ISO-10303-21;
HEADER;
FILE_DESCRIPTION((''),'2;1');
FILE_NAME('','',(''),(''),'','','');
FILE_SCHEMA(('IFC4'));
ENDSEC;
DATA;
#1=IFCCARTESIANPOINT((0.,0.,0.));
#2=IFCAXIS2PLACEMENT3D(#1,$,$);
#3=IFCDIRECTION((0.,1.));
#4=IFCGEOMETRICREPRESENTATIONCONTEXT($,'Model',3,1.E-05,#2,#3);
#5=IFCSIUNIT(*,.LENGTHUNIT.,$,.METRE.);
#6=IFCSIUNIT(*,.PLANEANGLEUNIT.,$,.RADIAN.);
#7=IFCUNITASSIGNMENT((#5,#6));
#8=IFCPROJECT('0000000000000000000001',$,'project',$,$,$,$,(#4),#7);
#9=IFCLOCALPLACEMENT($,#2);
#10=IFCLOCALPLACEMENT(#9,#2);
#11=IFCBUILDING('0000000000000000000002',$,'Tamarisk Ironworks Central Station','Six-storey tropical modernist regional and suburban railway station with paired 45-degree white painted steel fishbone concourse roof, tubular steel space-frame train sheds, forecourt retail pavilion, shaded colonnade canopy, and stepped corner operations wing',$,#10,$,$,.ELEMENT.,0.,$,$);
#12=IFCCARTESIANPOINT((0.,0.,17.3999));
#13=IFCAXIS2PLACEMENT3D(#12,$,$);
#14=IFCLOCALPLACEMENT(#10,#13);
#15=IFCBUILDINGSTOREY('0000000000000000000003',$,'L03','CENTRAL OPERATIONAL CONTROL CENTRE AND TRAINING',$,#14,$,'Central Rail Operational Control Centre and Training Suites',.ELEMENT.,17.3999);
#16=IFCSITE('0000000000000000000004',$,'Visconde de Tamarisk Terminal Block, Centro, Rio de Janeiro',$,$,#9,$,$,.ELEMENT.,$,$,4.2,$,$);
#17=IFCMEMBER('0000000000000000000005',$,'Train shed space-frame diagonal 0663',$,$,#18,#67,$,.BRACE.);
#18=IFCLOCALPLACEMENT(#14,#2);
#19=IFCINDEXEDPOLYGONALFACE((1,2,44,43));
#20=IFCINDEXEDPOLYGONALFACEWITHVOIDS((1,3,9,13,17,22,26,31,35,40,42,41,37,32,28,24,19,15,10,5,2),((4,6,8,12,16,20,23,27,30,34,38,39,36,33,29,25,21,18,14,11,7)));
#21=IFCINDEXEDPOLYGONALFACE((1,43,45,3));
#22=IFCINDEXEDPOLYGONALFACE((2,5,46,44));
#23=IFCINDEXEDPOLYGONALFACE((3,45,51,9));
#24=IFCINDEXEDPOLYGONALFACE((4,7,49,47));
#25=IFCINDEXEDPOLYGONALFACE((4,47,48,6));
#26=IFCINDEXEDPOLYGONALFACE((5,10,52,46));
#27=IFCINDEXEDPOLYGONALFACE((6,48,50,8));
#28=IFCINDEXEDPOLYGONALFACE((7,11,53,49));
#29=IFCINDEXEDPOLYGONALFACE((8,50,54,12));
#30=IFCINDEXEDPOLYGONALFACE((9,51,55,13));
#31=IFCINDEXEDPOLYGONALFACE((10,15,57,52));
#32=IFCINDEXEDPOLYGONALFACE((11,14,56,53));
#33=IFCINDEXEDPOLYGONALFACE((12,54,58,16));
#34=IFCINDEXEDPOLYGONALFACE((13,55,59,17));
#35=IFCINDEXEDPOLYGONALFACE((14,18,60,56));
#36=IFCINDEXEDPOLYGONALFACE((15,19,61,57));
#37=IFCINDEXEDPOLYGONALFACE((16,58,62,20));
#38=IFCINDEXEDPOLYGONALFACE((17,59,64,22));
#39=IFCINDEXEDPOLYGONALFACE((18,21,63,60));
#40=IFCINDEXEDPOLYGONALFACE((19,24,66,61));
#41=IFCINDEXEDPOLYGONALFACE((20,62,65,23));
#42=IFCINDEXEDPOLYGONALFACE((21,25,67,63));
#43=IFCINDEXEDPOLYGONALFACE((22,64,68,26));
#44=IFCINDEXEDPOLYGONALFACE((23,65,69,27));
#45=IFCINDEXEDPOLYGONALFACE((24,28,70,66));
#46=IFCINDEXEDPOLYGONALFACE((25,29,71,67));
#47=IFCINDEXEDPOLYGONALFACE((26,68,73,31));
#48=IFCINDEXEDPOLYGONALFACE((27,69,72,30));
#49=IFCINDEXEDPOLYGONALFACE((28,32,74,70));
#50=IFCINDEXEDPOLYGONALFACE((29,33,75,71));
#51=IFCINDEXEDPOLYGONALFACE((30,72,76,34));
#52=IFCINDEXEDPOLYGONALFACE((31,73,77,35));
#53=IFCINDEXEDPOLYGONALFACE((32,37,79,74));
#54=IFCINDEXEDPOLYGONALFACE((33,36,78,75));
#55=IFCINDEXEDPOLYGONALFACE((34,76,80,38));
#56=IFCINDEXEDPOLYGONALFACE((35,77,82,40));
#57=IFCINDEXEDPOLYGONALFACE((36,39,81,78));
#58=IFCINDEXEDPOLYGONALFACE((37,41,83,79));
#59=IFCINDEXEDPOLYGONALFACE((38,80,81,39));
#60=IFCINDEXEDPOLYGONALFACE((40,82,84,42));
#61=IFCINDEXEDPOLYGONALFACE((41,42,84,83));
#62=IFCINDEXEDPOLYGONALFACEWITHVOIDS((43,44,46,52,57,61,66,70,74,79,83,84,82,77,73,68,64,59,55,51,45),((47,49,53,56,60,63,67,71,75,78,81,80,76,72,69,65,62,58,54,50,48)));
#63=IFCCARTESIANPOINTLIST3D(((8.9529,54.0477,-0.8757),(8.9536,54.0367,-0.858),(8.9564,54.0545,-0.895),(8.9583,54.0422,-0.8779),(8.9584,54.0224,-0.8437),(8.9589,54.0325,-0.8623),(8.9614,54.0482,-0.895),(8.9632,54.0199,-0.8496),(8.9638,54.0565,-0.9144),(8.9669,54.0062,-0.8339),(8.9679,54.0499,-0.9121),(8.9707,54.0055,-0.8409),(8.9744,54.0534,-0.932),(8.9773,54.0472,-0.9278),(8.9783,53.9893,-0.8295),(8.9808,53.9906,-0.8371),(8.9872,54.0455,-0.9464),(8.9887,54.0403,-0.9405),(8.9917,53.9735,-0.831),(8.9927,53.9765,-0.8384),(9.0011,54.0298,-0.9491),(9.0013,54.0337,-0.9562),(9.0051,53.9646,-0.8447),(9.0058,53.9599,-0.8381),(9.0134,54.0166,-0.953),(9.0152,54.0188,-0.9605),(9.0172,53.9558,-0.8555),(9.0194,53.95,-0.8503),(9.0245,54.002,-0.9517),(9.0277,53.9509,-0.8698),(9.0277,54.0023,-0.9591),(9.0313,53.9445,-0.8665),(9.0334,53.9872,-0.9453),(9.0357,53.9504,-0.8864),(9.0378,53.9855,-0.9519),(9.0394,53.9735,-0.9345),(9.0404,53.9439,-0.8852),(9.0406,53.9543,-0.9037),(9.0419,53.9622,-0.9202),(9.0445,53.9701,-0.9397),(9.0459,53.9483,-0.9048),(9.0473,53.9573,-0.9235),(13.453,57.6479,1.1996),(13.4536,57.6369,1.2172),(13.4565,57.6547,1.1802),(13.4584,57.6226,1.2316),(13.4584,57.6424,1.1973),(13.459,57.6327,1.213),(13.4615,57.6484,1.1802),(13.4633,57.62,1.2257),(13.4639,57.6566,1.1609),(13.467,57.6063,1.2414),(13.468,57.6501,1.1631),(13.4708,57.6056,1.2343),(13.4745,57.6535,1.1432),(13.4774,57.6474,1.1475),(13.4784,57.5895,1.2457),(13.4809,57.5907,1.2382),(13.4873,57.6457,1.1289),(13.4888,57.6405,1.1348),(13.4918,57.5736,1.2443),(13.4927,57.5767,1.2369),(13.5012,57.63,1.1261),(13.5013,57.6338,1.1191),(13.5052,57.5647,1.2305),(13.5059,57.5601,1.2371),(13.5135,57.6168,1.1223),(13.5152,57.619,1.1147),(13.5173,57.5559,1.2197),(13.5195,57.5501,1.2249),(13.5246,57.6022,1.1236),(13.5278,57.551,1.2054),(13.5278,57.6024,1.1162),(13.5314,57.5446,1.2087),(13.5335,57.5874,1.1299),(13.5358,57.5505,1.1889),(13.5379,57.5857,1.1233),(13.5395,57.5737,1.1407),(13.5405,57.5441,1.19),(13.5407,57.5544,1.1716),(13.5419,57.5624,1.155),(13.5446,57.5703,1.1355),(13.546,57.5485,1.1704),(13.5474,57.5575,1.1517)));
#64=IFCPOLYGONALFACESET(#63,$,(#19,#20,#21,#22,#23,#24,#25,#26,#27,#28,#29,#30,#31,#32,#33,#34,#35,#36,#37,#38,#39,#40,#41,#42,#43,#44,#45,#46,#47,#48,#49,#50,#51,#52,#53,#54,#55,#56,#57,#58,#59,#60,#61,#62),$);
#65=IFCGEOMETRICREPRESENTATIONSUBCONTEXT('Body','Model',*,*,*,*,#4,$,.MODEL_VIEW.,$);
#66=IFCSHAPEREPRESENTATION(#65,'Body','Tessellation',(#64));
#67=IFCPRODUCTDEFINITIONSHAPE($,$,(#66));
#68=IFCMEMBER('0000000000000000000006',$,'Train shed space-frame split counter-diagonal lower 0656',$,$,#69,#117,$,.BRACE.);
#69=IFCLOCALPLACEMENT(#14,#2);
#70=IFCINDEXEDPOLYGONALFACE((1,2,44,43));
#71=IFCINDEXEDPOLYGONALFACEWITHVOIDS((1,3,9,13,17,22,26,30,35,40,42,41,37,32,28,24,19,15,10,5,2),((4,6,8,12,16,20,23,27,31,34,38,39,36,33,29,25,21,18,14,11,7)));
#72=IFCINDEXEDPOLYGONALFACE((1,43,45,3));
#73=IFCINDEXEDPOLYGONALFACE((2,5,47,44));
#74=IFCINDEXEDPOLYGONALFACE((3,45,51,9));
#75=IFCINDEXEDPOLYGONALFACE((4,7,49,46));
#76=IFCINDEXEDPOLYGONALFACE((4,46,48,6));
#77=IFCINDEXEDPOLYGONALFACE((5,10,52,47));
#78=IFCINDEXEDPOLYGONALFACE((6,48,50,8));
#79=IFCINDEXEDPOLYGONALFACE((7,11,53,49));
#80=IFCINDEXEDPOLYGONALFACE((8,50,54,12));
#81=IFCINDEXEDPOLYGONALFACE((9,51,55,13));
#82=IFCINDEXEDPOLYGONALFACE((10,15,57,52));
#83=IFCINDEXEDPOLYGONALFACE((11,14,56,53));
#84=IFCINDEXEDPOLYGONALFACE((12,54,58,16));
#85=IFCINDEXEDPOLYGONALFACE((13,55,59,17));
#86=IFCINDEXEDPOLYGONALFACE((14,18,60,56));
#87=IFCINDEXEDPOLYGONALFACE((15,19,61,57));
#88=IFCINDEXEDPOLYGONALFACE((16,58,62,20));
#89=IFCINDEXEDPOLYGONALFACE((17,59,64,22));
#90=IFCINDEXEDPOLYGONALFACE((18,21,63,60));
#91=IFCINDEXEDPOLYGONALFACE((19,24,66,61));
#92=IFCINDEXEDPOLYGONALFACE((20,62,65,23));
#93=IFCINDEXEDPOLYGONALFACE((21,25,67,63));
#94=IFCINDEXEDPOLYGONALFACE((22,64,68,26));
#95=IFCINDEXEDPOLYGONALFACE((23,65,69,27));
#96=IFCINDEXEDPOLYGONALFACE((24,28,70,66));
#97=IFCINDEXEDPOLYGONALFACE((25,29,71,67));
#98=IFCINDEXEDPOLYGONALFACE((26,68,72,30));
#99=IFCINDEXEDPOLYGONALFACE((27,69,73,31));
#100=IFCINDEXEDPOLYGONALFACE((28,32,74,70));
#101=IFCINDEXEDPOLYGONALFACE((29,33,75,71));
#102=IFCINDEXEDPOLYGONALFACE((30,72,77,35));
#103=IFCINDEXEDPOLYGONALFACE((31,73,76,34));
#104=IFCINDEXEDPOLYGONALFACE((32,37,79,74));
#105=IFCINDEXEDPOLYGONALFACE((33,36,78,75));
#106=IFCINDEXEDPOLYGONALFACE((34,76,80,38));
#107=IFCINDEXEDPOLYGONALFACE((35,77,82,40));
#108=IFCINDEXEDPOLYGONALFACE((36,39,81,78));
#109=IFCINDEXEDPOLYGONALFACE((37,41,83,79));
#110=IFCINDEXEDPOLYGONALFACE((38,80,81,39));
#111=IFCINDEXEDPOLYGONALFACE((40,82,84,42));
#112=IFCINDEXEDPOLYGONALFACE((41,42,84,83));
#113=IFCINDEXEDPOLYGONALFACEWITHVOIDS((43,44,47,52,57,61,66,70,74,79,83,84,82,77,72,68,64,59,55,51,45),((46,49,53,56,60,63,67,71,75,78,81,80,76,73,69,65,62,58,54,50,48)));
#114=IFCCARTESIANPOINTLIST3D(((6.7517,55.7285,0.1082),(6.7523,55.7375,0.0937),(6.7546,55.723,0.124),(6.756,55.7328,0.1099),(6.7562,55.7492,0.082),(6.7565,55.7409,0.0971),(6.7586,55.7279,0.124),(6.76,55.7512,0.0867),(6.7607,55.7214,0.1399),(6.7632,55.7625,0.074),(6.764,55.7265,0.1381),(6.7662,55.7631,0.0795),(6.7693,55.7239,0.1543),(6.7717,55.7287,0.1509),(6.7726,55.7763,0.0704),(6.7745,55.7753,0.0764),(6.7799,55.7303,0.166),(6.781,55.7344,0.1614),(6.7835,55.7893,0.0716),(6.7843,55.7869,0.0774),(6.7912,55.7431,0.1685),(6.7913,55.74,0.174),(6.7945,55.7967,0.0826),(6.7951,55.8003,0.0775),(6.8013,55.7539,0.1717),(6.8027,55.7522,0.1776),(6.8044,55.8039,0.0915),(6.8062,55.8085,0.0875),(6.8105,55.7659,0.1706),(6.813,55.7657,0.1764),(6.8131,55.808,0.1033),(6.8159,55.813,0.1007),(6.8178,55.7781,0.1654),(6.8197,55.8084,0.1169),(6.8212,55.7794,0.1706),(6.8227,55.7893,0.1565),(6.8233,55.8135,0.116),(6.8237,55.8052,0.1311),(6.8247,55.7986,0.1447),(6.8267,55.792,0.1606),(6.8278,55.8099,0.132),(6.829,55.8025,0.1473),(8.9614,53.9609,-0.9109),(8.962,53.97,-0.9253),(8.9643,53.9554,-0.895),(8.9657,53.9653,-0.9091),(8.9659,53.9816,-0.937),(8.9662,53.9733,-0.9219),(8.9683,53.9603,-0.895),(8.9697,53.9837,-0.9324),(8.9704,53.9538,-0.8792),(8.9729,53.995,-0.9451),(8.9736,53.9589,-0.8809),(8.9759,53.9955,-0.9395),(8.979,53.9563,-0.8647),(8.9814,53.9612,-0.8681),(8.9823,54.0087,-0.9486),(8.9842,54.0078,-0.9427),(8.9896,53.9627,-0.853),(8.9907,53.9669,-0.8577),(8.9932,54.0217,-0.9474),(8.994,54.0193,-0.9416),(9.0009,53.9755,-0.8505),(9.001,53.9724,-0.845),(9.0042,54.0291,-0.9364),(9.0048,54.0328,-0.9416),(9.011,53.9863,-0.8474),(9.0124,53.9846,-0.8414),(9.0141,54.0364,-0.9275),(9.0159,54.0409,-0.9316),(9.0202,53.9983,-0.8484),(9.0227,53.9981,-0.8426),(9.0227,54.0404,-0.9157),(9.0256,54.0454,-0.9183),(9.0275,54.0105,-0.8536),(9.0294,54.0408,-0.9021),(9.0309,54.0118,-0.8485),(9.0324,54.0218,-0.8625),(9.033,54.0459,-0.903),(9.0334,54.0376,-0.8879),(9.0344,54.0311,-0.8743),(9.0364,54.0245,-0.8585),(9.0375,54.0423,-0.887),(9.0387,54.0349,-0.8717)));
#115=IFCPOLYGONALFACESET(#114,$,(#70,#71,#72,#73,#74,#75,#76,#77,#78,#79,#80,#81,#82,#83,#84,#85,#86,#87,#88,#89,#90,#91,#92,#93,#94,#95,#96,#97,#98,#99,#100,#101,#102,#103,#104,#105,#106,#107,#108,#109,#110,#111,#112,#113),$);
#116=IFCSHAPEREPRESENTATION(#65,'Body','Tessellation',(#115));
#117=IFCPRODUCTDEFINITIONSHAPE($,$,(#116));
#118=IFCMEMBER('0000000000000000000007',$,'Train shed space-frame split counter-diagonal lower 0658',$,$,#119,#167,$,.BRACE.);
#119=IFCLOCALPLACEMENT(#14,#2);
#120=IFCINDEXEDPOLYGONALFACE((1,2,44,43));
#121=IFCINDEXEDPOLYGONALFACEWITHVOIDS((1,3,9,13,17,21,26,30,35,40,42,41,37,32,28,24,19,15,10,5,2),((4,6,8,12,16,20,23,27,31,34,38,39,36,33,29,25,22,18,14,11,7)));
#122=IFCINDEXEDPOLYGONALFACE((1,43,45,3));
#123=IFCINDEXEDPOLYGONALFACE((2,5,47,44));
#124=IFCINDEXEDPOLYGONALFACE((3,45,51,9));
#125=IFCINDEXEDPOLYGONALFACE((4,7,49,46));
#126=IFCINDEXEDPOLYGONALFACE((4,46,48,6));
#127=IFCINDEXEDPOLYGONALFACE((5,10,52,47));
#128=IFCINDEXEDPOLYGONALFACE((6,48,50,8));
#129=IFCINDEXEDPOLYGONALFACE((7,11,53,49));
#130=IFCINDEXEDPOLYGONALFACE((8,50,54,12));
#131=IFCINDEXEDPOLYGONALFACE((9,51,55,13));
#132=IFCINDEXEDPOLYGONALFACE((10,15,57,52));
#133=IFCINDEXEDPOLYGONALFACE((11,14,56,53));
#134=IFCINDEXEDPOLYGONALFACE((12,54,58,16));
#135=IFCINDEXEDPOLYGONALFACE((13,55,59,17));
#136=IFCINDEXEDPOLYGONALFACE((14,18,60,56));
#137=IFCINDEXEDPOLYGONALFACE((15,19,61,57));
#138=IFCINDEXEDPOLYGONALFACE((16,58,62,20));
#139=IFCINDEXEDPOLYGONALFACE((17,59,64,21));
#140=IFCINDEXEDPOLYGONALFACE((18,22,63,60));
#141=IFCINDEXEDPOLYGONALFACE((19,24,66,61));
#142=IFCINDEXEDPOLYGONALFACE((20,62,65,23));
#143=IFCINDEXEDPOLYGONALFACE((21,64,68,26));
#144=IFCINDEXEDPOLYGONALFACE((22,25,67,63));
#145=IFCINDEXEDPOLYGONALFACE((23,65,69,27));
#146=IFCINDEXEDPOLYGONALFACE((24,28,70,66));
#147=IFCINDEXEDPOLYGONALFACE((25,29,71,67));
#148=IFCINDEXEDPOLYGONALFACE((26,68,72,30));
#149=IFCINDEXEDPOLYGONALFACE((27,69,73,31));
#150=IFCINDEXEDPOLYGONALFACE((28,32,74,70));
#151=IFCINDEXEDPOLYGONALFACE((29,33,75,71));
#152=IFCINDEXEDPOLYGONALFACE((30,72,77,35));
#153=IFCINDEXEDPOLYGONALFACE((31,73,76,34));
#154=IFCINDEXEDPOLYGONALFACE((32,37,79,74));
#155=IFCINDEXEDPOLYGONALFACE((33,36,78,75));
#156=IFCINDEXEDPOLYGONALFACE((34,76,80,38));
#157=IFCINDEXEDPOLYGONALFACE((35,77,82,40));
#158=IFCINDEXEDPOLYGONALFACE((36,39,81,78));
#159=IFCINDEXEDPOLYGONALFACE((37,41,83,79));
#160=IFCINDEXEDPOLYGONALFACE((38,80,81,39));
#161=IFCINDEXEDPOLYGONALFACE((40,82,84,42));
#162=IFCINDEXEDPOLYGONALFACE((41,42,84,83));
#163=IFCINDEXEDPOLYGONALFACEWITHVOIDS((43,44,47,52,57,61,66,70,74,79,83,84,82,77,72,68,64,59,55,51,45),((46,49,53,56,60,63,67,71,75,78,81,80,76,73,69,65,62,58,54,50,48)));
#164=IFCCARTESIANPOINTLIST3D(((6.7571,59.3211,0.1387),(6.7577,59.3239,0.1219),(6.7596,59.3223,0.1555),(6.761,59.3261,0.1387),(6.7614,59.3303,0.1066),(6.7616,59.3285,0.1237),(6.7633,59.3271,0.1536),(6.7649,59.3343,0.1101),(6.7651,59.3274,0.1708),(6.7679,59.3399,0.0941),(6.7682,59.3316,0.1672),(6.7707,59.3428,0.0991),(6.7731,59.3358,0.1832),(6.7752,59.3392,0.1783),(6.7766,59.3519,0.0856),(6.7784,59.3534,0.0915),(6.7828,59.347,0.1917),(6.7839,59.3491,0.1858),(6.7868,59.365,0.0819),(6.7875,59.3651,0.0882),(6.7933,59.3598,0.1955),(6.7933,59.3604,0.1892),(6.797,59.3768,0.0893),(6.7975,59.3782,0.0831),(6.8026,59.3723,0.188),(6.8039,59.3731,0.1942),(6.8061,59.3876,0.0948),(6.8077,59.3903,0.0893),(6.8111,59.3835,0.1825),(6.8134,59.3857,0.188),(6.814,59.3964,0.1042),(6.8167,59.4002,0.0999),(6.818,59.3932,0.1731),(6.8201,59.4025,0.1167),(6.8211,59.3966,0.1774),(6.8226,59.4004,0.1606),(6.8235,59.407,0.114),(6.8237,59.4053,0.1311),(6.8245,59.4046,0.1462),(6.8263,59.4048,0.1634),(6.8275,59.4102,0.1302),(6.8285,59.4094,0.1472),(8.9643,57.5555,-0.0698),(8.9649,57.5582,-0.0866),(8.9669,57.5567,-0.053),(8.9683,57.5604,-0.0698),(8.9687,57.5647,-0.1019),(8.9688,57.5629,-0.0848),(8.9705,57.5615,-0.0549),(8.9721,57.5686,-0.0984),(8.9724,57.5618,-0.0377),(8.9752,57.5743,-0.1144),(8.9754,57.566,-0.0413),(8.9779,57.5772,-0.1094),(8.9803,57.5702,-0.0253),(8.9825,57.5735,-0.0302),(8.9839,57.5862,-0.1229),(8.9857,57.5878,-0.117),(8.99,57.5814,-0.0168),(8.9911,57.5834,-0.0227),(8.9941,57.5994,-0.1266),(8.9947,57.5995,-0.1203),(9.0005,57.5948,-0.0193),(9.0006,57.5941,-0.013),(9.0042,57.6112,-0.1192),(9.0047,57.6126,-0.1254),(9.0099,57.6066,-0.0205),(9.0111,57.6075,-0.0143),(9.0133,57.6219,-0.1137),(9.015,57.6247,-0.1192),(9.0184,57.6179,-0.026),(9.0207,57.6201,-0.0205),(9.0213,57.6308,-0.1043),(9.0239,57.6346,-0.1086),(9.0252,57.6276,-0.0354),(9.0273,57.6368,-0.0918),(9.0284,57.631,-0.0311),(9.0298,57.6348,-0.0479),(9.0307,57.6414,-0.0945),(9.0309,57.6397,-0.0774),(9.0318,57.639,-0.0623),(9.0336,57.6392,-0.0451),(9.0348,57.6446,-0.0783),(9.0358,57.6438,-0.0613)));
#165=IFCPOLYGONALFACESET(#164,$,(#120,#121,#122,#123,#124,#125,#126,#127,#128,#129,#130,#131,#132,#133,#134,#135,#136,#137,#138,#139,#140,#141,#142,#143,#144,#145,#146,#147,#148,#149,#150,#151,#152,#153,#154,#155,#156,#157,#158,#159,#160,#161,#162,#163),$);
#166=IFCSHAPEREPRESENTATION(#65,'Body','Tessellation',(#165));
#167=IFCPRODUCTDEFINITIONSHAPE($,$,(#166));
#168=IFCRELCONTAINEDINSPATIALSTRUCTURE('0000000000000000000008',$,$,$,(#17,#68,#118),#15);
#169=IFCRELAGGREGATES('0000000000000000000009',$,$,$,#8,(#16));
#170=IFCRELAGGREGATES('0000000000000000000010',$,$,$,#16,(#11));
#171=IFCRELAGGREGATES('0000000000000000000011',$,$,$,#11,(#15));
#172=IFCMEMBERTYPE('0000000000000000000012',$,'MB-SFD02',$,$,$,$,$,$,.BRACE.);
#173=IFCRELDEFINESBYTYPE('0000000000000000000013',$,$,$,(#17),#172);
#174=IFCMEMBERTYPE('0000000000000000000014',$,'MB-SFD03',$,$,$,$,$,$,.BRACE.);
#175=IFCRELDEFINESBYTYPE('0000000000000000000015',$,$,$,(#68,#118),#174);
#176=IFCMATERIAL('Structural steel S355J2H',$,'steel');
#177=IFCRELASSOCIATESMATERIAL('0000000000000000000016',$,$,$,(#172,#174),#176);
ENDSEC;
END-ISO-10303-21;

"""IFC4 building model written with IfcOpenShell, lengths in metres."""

from ifc_helpers import new_model, si_unit, direction, frame, origin, origin_2d, place, context, subcontext, project, spatial, hollow_circle, extrude, material, material_profile, profile_set, type_object, element, save


model = new_model("IFC4")

# Units and contexts
model_context = context("Model", 3, precision=1e-05, world=origin(), true_north=direction((0.0, 1.0)))
body_context = subcontext(model_context, "Body", "Model", "MODEL_VIEW")
ifc_project = project(units=[si_unit("LENGTHUNIT", "METRE"), si_unit("PLANEANGLEUNIT", "RADIAN")], contexts=[model_context])

# Site, building, storey
site_placement = place(None, origin())
site = spatial("IfcSite", under=ifc_project, at=site_placement, Name="Visconde de Tamarisk Terminal Block, Centro, Rio de Janeiro", CompositionType="ELEMENT", RefElevation=4.2)
building_placement = place(site_placement, origin())
building = spatial("IfcBuilding", under=site, at=building_placement, Name="Tamarisk Ironworks Central Station", Description="Six-storey tropical modernist regional and suburban railway station with paired 45-degree white painted steel fishbone concourse roof, tubular steel space-frame train sheds, forecourt retail pavilion, shaded colonnade canopy, and stepped corner operations wing", CompositionType="ELEMENT", ElevationOfRefHeight=0.0)
storey_placement = place(building_placement, frame((0.0, 0.0, 17.3999)))
storey = spatial("IfcBuildingStorey", under=building, at=storey_placement, Name="L03", Description="CENTRAL OPERATIONAL CONTROL CENTRE AND TRAINING", LongName="Central Rail Operational Control Centre and Training Suites", CompositionType="ELEMENT", Elevation=17.3999)

# Members
ifc_material_1 = material(Name="Structural steel S355J2H", Category="steel")
ifc_material_profile_1 = material_profile(ifc_material_1, hollow_circle(Radius=0.0698, WallThickness=0.0081, at=origin_2d()), Name="CHS 139.7x8")
ifc_profile_set_1 = profile_set([ifc_material_profile_1], Name="Structural steel S355J2H")
member_type_1 = type_object("IfcMemberType", Name="MB-SFD02", PredefinedType="BRACE", material=ifc_profile_set_1)
member_1_placement = place(storey_placement, frame((9.0, 54.0, -0.895), z_axis=(0.734679, 0.587759, 0.338801), x_axis=(-0.624705, 0.780861, 0.0)))
element("IfcMember", 1, at=member_1_placement, inside=storey, type_object=member_type_1, Name="Train shed space-frame diagonal 0663", PredefinedType="BRACE", context=body_context, shape_type="SweptSolid", body=[
    extrude(hollow_circle(Radius=0.0698, WallThickness=0.0081, at=origin_2d()), origin(), (0.0, 0.0, 1.0), 6.1252),
])
ifc_material_profile_2 = material_profile(ifc_material_1, hollow_circle(Radius=0.0571, WallThickness=0.0063, at=origin_2d()), Name="CHS 114.3x6.3")
ifc_profile_set_2 = profile_set([ifc_material_profile_2], Name="Structural steel S355J2H")
member_type_2 = type_object("IfcMemberType", Name="MB-SFD03", PredefinedType="BRACE", material=ifc_profile_set_2)
member_2_placement = place(storey_placement, frame((9.0, 54.0, -0.895), z_axis=(-0.734712, 0.587705, 0.338823), x_axis=(-0.624653, -0.780902, 0.0)))
element("IfcMember", 2, at=member_2_placement, inside=storey, type_object=member_type_2, Name="Train shed space-frame split counter-diagonal lower 0656", PredefinedType="BRACE", context=body_context, shape_type="SweptSolid", body=[
    extrude(hollow_circle(Radius=0.0571, WallThickness=0.0063, at=origin_2d()), origin(), (0.0, 0.0, 1.0), 3.0076),
])
member_3_placement = place(storey_placement, frame((9.0, 57.6001, -0.0698), z_axis=(-0.778787, 0.62296, 0.073563), x_axis=(-0.624653, -0.780903, 0.0)))
element("IfcMember", 3, at=member_3_placement, inside=storey, type_object=member_type_2, Name="Train shed space-frame split counter-diagonal lower 0658", PredefinedType="BRACE", context=body_context, shape_type="SweptSolid", body=[
    extrude(hollow_circle(Radius=0.0571, WallThickness=0.0063, at=origin_2d()), origin(), (0.0, 0.0, 1.0), 2.8342),
])

save(model, "model.ifc")
